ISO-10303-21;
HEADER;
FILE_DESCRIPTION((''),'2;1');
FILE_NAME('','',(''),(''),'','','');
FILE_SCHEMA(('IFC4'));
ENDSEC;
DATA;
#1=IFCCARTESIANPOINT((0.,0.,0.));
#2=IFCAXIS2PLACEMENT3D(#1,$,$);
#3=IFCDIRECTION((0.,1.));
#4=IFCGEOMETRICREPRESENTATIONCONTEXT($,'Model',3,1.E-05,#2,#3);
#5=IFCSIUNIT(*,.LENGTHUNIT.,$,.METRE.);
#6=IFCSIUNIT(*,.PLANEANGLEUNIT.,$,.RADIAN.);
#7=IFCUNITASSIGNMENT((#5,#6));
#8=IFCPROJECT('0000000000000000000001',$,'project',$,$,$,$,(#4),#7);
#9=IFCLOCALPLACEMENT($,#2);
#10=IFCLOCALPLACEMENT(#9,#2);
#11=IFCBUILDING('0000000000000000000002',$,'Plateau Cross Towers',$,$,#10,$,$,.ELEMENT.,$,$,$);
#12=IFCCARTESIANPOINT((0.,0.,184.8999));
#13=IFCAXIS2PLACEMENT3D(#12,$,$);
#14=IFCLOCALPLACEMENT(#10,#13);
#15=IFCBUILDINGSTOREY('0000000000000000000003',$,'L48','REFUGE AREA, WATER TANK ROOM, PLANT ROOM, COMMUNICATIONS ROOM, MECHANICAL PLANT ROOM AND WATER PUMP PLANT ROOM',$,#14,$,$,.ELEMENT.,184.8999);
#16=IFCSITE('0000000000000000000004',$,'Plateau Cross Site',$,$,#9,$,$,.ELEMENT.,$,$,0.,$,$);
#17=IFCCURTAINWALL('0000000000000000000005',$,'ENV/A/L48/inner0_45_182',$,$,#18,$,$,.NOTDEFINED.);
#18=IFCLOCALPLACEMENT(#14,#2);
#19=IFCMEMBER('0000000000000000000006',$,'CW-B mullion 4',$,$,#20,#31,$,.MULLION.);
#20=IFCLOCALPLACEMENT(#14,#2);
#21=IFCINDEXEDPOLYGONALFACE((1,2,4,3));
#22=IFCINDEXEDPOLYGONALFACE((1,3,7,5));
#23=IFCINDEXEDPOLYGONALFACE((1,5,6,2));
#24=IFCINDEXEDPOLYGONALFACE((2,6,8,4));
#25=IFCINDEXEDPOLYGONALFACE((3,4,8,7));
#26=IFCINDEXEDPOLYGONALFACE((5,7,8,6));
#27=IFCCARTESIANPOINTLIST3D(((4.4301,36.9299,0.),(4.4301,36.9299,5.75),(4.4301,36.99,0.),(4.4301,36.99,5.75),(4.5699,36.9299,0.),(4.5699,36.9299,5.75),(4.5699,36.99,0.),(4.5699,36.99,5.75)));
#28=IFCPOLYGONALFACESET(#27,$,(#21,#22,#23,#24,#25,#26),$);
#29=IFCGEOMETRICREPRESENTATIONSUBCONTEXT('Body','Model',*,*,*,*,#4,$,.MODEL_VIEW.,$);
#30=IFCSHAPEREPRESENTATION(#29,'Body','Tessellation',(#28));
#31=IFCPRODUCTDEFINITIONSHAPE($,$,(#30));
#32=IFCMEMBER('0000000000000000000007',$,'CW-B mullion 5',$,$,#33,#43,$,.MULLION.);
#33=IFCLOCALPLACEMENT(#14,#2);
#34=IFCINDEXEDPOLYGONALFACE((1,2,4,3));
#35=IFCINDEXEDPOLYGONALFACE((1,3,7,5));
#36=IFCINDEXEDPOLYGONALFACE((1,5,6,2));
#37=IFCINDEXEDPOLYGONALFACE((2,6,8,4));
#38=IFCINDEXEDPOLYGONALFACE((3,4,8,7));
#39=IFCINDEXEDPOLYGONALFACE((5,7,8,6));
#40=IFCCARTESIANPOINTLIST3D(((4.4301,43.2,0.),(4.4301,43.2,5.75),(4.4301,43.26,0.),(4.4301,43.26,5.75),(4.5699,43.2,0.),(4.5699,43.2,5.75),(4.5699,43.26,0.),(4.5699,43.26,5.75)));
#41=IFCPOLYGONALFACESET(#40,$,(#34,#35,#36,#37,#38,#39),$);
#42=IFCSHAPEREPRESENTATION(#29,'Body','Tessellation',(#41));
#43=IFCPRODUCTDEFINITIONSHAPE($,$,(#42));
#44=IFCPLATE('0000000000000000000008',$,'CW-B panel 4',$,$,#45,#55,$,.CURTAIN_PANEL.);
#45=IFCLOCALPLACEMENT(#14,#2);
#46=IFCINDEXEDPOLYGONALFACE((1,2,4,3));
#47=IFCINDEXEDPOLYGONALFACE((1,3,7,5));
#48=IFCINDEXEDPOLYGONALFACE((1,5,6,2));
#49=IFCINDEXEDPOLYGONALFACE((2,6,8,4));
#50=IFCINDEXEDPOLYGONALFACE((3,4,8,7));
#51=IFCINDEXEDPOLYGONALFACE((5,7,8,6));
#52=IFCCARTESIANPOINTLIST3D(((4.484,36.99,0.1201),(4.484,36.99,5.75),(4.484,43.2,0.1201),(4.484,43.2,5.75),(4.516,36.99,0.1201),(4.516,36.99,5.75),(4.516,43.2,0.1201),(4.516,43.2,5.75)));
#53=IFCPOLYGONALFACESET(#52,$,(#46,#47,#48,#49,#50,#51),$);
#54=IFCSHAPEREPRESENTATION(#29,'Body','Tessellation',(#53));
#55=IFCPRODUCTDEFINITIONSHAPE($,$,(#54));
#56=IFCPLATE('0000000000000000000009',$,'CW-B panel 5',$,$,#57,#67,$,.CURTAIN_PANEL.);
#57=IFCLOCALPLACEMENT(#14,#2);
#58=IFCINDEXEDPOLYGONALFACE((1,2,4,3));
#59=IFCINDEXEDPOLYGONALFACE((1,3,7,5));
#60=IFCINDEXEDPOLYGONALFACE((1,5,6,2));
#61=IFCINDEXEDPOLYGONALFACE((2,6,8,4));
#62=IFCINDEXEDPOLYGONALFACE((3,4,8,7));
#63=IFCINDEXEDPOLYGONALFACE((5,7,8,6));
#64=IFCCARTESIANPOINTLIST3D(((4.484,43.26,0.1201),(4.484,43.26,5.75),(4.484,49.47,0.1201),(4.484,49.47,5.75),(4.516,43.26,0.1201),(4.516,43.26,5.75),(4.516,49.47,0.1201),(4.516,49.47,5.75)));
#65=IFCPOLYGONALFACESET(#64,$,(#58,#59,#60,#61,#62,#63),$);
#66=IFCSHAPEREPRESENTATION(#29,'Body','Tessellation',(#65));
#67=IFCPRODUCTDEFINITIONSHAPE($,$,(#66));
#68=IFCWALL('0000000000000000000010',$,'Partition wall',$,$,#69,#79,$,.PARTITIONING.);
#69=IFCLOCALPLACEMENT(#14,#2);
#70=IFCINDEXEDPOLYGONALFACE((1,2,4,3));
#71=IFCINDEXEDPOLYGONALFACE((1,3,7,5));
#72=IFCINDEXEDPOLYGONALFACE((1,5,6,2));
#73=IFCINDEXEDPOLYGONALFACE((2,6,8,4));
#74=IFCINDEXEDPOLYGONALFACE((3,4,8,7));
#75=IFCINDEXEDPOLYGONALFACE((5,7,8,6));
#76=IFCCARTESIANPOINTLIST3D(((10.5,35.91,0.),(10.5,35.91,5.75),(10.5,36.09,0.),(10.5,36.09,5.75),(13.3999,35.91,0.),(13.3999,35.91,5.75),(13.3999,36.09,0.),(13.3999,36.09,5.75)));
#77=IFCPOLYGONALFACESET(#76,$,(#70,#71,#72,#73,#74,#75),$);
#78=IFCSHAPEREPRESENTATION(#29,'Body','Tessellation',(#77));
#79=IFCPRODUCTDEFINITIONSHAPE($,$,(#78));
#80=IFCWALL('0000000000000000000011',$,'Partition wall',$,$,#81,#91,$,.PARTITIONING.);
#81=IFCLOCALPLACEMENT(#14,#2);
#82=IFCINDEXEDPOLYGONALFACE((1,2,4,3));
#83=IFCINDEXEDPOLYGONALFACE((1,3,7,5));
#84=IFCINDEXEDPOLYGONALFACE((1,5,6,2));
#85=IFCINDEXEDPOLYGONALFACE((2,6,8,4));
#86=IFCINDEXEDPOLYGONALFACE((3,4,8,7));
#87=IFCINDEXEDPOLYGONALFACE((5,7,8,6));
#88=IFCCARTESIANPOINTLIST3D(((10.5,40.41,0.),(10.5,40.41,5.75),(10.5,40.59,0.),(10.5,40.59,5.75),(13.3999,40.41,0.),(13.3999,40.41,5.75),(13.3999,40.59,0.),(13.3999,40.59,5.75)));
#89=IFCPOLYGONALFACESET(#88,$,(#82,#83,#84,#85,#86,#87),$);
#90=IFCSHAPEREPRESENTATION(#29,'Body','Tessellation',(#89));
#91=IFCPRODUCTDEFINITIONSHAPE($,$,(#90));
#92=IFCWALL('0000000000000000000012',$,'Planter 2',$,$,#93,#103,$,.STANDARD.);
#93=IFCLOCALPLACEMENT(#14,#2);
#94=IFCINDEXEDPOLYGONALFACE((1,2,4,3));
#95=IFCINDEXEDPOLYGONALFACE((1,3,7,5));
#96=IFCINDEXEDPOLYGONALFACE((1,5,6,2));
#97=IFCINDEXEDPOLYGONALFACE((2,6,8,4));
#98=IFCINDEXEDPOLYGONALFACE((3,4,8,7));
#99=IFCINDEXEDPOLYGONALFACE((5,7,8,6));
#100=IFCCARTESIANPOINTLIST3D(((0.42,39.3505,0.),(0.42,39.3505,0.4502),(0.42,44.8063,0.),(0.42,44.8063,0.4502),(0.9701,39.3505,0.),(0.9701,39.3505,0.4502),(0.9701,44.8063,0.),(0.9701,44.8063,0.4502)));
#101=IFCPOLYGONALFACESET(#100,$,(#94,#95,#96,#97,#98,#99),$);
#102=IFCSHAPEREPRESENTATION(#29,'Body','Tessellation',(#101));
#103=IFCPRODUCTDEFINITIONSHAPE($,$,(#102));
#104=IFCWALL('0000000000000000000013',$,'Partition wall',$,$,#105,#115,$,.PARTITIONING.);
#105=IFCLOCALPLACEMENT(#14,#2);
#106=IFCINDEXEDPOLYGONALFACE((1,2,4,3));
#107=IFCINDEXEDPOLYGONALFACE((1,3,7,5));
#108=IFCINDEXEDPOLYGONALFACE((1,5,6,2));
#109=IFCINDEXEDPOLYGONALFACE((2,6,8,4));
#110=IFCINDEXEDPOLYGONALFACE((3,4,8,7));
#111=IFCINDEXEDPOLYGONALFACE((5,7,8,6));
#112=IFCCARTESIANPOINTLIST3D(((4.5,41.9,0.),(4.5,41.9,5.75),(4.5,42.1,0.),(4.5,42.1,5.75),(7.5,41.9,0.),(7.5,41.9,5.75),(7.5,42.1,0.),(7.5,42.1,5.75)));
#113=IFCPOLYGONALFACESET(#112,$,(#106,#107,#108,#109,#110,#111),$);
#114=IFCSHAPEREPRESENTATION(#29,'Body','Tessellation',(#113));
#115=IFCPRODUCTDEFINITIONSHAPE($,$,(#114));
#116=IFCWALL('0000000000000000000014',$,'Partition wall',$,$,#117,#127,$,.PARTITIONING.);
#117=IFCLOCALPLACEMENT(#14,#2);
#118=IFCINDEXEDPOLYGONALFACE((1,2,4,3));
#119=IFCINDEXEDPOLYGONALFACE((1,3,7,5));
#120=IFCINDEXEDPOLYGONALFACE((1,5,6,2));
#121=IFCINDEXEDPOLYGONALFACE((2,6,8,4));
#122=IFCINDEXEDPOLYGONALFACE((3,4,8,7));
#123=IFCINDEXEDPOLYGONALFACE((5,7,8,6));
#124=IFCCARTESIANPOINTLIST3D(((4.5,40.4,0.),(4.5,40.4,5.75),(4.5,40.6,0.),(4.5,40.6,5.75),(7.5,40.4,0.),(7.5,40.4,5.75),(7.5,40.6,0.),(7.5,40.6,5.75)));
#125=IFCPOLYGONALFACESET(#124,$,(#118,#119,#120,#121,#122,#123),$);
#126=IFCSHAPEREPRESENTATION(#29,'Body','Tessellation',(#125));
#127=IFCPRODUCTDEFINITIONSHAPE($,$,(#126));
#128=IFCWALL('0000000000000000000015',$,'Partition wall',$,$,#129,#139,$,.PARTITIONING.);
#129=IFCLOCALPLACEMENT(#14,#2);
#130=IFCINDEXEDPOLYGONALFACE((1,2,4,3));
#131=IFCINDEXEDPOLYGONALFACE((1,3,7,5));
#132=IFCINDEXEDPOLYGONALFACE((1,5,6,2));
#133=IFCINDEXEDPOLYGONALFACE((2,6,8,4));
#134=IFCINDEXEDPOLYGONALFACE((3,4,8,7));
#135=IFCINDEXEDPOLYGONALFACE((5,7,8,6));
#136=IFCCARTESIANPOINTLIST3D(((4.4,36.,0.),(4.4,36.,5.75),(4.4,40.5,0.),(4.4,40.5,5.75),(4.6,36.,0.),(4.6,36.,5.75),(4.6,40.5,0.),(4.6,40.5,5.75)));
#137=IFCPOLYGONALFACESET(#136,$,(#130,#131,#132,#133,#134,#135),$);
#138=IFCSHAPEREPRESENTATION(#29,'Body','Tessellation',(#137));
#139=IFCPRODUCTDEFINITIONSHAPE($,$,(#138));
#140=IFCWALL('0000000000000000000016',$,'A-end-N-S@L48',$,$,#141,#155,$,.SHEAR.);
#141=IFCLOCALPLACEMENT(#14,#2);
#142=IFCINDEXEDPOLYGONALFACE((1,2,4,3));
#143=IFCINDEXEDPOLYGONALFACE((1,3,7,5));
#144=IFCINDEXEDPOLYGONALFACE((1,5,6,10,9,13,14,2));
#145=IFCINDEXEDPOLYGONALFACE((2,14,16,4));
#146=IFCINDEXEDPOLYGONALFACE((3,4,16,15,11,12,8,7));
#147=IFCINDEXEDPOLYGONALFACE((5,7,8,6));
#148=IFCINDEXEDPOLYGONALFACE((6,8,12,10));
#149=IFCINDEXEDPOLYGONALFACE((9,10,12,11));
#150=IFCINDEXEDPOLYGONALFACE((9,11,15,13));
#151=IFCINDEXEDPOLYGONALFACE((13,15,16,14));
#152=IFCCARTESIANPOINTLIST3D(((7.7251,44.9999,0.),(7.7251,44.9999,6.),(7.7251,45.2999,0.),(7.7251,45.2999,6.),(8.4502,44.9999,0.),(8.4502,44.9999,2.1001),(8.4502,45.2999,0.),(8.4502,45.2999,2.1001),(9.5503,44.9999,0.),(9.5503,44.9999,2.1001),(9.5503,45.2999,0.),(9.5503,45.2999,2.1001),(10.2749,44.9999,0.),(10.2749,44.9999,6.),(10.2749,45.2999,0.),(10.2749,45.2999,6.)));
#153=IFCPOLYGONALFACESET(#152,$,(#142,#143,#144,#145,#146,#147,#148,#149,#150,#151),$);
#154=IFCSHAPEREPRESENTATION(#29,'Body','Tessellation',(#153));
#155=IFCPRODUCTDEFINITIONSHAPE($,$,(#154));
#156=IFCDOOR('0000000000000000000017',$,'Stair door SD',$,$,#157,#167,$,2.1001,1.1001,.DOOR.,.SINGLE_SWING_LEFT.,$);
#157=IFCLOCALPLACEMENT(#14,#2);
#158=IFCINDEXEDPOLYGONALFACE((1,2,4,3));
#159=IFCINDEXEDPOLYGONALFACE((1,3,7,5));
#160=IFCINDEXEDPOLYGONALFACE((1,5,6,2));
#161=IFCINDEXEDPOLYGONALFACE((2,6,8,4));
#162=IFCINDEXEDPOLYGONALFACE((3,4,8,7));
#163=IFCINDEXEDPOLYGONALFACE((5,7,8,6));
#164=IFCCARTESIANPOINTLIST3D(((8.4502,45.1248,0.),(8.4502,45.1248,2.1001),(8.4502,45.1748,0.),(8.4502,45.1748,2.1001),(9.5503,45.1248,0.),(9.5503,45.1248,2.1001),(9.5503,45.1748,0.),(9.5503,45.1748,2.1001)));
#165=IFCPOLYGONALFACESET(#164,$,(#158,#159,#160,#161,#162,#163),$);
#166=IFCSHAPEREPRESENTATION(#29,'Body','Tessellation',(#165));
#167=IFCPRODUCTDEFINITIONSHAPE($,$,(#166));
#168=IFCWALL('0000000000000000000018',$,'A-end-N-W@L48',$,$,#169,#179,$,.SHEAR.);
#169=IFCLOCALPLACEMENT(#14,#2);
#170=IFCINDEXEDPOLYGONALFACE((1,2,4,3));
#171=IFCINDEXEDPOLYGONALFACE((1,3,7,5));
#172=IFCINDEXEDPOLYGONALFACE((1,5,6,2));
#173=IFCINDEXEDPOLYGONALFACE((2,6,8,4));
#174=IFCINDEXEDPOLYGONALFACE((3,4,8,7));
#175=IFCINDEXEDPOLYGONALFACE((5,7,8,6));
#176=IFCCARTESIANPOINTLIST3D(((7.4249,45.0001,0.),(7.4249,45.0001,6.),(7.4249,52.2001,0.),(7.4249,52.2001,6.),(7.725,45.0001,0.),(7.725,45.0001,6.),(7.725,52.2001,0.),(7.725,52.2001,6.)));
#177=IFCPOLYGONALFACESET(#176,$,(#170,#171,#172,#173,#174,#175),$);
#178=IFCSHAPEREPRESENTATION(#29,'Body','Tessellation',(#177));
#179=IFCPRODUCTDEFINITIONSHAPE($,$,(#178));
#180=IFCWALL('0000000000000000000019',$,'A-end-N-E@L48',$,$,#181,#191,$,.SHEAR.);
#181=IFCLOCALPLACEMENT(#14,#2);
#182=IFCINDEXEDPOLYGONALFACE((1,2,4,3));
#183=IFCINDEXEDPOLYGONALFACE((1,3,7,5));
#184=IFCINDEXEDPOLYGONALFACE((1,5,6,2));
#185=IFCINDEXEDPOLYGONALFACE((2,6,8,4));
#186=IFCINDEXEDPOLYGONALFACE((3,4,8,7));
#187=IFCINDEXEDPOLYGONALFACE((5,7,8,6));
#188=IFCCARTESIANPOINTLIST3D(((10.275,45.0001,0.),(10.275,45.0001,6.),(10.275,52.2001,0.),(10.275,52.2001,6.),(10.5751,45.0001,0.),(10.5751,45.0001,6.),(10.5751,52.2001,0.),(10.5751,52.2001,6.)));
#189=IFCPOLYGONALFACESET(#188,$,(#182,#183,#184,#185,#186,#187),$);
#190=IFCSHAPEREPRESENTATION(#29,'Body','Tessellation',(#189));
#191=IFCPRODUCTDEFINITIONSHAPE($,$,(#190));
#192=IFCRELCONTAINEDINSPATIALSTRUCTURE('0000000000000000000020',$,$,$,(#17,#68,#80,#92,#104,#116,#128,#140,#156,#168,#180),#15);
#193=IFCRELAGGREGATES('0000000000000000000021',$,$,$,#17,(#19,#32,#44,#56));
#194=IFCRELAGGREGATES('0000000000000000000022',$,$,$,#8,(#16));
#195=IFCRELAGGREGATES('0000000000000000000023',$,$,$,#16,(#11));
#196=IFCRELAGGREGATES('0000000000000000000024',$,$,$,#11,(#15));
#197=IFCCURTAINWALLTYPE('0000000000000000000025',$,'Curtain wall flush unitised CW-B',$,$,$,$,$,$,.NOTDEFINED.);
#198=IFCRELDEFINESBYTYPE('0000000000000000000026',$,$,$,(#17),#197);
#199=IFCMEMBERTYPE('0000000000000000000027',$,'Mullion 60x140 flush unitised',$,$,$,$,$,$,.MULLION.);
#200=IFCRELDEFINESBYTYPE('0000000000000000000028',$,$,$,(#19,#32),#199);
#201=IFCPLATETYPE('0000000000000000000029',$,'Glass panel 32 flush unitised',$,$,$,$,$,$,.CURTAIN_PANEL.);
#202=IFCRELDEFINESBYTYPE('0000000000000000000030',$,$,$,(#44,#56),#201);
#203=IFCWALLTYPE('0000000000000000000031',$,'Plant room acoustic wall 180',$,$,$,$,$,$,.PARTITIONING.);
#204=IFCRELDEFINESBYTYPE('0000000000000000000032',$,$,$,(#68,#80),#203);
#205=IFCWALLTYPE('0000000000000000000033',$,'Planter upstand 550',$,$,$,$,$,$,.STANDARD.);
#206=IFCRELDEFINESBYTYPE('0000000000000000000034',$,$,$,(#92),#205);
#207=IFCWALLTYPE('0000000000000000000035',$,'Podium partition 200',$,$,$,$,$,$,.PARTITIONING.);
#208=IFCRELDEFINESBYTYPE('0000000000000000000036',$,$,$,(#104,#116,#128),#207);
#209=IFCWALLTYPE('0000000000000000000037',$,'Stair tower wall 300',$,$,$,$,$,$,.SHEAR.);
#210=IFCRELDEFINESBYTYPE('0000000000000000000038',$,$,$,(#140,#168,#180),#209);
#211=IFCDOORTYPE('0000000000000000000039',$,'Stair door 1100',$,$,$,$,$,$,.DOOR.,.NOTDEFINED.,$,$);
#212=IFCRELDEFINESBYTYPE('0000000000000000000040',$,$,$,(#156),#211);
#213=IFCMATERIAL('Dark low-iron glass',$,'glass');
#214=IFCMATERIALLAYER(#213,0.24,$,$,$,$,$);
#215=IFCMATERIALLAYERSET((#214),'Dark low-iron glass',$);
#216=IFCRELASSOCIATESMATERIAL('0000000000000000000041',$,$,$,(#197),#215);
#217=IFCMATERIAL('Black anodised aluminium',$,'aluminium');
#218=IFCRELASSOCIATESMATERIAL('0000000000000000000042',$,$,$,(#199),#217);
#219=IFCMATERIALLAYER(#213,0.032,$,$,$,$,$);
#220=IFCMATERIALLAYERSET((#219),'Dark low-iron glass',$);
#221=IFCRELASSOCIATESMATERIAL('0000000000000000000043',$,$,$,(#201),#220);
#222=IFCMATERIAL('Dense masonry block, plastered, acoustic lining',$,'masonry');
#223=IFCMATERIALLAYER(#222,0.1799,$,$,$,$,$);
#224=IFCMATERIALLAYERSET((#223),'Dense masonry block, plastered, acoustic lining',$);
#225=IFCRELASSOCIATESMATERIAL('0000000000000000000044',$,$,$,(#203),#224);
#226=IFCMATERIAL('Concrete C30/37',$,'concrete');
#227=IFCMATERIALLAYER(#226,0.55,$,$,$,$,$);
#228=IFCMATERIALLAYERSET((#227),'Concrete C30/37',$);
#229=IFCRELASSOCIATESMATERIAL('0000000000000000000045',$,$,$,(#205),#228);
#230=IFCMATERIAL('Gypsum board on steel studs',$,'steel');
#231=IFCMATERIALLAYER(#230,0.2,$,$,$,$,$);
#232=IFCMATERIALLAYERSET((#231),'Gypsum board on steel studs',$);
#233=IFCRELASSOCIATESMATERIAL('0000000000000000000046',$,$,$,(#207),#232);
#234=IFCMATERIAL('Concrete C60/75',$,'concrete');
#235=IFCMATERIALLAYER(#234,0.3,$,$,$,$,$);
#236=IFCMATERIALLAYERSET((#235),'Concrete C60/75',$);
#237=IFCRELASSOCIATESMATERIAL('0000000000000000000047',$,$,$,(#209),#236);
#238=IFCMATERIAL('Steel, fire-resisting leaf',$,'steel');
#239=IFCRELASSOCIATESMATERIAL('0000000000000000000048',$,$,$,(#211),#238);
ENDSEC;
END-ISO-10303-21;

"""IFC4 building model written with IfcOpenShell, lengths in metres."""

from ifc_helpers import new_model, si_unit, direction, frame, frame_2d, origin, origin_2d, place, context, subcontext, project, spatial, rectangle, extrude, material, layer, layer_set, material_profile, profile_set, type_object, element, fill, aggregate, save


model = new_model("IFC4")

# Units and contexts
model_context = context("Model", 3, precision=1e-05, world=origin(), true_north=direction((0.0, 1.0)))
body_context = subcontext(model_context, "Body", "Model", "MODEL_VIEW")
ifc_project = project(units=[si_unit("LENGTHUNIT", "METRE"), si_unit("PLANEANGLEUNIT", "RADIAN")], contexts=[model_context])

# Site, building, storey
site_placement = place(None, origin())
site = spatial("IfcSite", under=ifc_project, at=site_placement, Name="Plateau Cross Site", CompositionType="ELEMENT", RefElevation=0.0)
building_placement = place(site_placement, origin())
building = spatial("IfcBuilding", under=site, at=building_placement, Name="Plateau Cross Towers", CompositionType="ELEMENT")
storey_placement = place(building_placement, frame((0.0, 0.0, 184.8999)))
storey = spatial("IfcBuildingStorey", under=building, at=storey_placement, Name="L48", Description="REFUGE AREA, WATER TANK ROOM, PLANT ROOM, COMMUNICATIONS ROOM, MECHANICAL PLANT ROOM AND WATER PUMP PLANT ROOM", CompositionType="ELEMENT", Elevation=184.8999)

# Curtain wall, members, plates
ifc_material_1 = material(Name="Dark low-iron glass", Category="glass")
ifc_layer_1 = layer(ifc_material_1, 0.24)
ifc_layer_set_1 = layer_set([ifc_layer_1], Name="Dark low-iron glass")
curtain_wall_type = type_object("IfcCurtainWallType", Name="Curtain wall flush unitised CW-B", PredefinedType="NOTDEFINED", material=ifc_layer_set_1)
curtain_wall_placement = place(storey_placement, origin())
curtain_wall = element("IfcCurtainWall", 1, at=curtain_wall_placement, inside=storey, type_object=curtain_wall_type, Name="ENV/A/L48/inner0_45_182", PredefinedType="NOTDEFINED")
ifc_material_2 = material(Name="Black anodised aluminium", Category="aluminium")
ifc_material_profile = material_profile(ifc_material_2, rectangle(XDim=0.0601, YDim=0.1399, at=origin_2d()), Name="MULLION 60x140")
ifc_profile_set = profile_set([ifc_material_profile], Name="Black anodised aluminium")
member_type = type_object("IfcMemberType", Name="Mullion 60x140 flush unitised", PredefinedType="MULLION", material=ifc_profile_set)
member_1_placement = place(storey_placement, frame((4.5, 36.96, 0.0), z_axis=(0.0, 0.0, 1.0), x_axis=(0.0, 1.0, 0.0)))
member_1 = element("IfcMember", 2, at=member_1_placement, type_object=member_type, Name="CW-B mullion 4", PredefinedType="MULLION", context=body_context, shape_type="SweptSolid", body=[
    extrude(rectangle(XDim=0.0601, YDim=0.1399, at=origin_2d()), origin(), (0.0, 0.0, 1.0), 5.75),
])
member_2_placement = place(storey_placement, frame((4.5, 43.23, 0.0), z_axis=(0.0, 0.0, 1.0), x_axis=(0.0, 1.0, 0.0)))
member_2 = element("IfcMember", 3, at=member_2_placement, type_object=member_type, Name="CW-B mullion 5", PredefinedType="MULLION", context=body_context, shape_type="SweptSolid", body=[
    extrude(rectangle(XDim=0.0601, YDim=0.1399, at=origin_2d()), origin(), (0.0, 0.0, 1.0), 5.75),
])
ifc_layer_2 = layer(ifc_material_1, 0.032)
ifc_layer_set_2 = layer_set([ifc_layer_2], Name="Dark low-iron glass")
plate_type = type_object("IfcPlateType", Name="Glass panel 32 flush unitised", PredefinedType="CURTAIN_PANEL", material=ifc_layer_set_2)
plate_1_placement = place(storey_placement, frame((4.5, 40.095, 0.1201), z_axis=(0.0, 0.0, 1.0), x_axis=(0.0, 1.0, 0.0)))
plate_1 = element("IfcPlate", 4, at=plate_1_placement, type_object=plate_type, Name="CW-B panel 4", PredefinedType="CURTAIN_PANEL", context=body_context, shape_type="SweptSolid", body=[
    extrude(rectangle(XDim=6.21, YDim=0.032, at=origin_2d()), origin(), (0.0, 0.0, 1.0), 5.6299),
])
plate_2_placement = place(storey_placement, frame((4.5, 46.365, 0.1201), z_axis=(0.0, 0.0, 1.0), x_axis=(0.0, 1.0, 0.0)))
plate_2 = element("IfcPlate", 5, at=plate_2_placement, type_object=plate_type, Name="CW-B panel 5", PredefinedType="CURTAIN_PANEL", context=body_context, shape_type="SweptSolid", body=[
    extrude(rectangle(XDim=6.21, YDim=0.032, at=origin_2d()), origin(), (0.0, 0.0, 1.0), 5.6299),
])
aggregate(curtain_wall, [member_1, member_2, plate_1, plate_2])

# Walls
ifc_material_3 = material(Name="Dense masonry block, plastered, acoustic lining", Category="masonry")
ifc_layer_3 = layer(ifc_material_3, 0.1799)
ifc_layer_set_3 = layer_set([ifc_layer_3], Name="Dense masonry block, plastered, acoustic lining")
wall_type_1 = type_object("IfcWallType", Name="Plant room acoustic wall 180", PredefinedType="PARTITIONING", material=ifc_layer_set_3)
for number, where, z_axis, x_axis, name in (
    (6, (10.5, 36.0, 0.0), (0.0, 0.0, 1.0), (1.0, 0.0, 0.0), "Partition wall"),
    (7, (10.5, 40.5, 0.0), (0.0, 0.0, 1.0), (1.0, 0.0, 0.0), "Partition wall"),
):
    element("IfcWall", number, at=place(storey_placement, frame(where, z_axis=z_axis, x_axis=x_axis)), inside=storey, type_object=wall_type_1, Name=name, PredefinedType="PARTITIONING", context=body_context, shape_type="SweptSolid", body=[
        extrude(rectangle(XDim=2.8999, YDim=0.1799, at=frame_2d((1.45, 0.0))), origin(), (0.0, 0.0, 1.0), 5.75),
    ])
ifc_material_4 = material(Name="Concrete C30/37", Category="concrete")
ifc_layer_4 = layer(ifc_material_4, 0.55)
ifc_layer_set_4 = layer_set([ifc_layer_4], Name="Concrete C30/37")
wall_type_2 = type_object("IfcWallType", Name="Planter upstand 550", PredefinedType="STANDARD", material=ifc_layer_set_4)
wall_1_placement = place(storey_placement, frame((0.6951, 39.3503, 0.0), z_axis=(0.0, 0.0, 1.0), x_axis=(0.0, 1.0, 0.0)))
element("IfcWall", 8, at=wall_1_placement, inside=storey, type_object=wall_type_2, Name="Planter 2", PredefinedType="STANDARD", context=body_context, shape_type="SweptSolid", body=[
    extrude(rectangle(XDim=5.4558, YDim=0.55, at=frame_2d((2.728, 0.0))), origin(), (0.0, 0.0, 1.0), 0.4502),
])
ifc_material_5 = material(Name="Gypsum board on steel studs", Category="steel")
ifc_layer_5 = layer(ifc_material_5, 0.2)
ifc_layer_set_5 = layer_set([ifc_layer_5], Name="Gypsum board on steel studs")
wall_type_3 = type_object("IfcWallType", Name="Podium partition 200", PredefinedType="PARTITIONING", material=ifc_layer_set_5)
for number, where, z_axis, x_axis, name in (
    (9, (4.5, 42.0, 0.0), (0.0, 0.0, 1.0), (1.0, 0.0, 0.0), "Partition wall"),
    (10, (7.5, 40.5, 0.0), (0.0, 0.0, 1.0), (-1.0, 0.0, 0.0), "Partition wall"),
):
    element("IfcWall", number, at=place(storey_placement, frame(where, z_axis=z_axis, x_axis=x_axis)), inside=storey, type_object=wall_type_3, Name=name, PredefinedType="PARTITIONING", context=body_context, shape_type="SweptSolid", body=[
        extrude(rectangle(XDim=3.0, YDim=0.2, at=frame_2d((1.5, 0.0))), origin(), (0.0, 0.0, 1.0), 5.75),
    ])
wall_2_placement = place(storey_placement, frame((4.5, 40.5, 0.0), z_axis=(0.0, 0.0, 1.0), x_axis=(0.0, -1.0, 0.0)))
element("IfcWall", 11, at=wall_2_placement, inside=storey, type_object=wall_type_3, Name="Partition wall", PredefinedType="PARTITIONING", context=body_context, shape_type="SweptSolid", body=[
    extrude(rectangle(XDim=4.5, YDim=0.2, at=frame_2d((2.25, 0.0))), origin(), (0.0, 0.0, 1.0), 5.75),
])

# Wall, opening, door
ifc_material_6 = material(Name="Concrete C60/75", Category="concrete")
ifc_layer_6 = layer(ifc_material_6, 0.3)
ifc_layer_set_6 = layer_set([ifc_layer_6], Name="Concrete C60/75")
wall_type_4 = type_object("IfcWallType", Name="Stair tower wall 300", PredefinedType="SHEAR", material=ifc_layer_set_6)
wall_3_placement = place(storey_placement, frame((7.7251, 45.1499, 0.0), z_axis=(0.0, 0.0, 1.0), x_axis=(1.0, 0.0, 0.0)))
wall_3 = element("IfcWall", 12, at=wall_3_placement, inside=storey, type_object=wall_type_4, Name="A-end-N-S@L48", PredefinedType="SHEAR", context=body_context, shape_type="SweptSolid", body=[
    extrude(rectangle(XDim=2.5498, YDim=0.3, at=frame_2d((1.2749, 0.0))), origin(), (0.0, 0.0, 1.0), 6.0),
])
opening_placement = place(wall_3_placement, frame((0.7251, 0.0, 0.0)))
opening = element("IfcOpeningElement", 13, at=opening_placement, cuts=wall_3, PredefinedType="OPENING", context=body_context, shape_type="SweptSolid", body=[
    extrude(rectangle(XDim=1.1001, YDim=2.1001, at=frame_2d((0.55, 1.05))), frame((0.0, 0.1599, 0.0), z_axis=(0.0, -1.0, 0.0), x_axis=(1.0, 0.0, 0.0)), (0.0, 0.0, 1.0), 0.3201),
])
ifc_material_7 = material(Name="Steel, fire-resisting leaf", Category="steel")
door_type = type_object("IfcDoorType", Name="Stair door 1100", OperationType="NOTDEFINED", PredefinedType="DOOR", material=ifc_material_7)
door_placement = place(opening_placement, origin())
door = element("IfcDoor", 14, at=door_placement, inside=storey, type_object=door_type, Name="Stair door SD", OperationType="SINGLE_SWING_LEFT", OverallHeight=2.1001, OverallWidth=1.1001, PredefinedType="DOOR", context=body_context, shape_type="SweptSolid", body=[
    extrude(rectangle(XDim=1.1001, YDim=2.1001, at=frame_2d((0.55, 1.05))), frame((0.0, 0.0249, 0.0), z_axis=(0.0, -1.0, 0.0), x_axis=(1.0, 0.0, 0.0)), (0.0, 0.0, 1.0), 0.05),
])
fill(opening, door)

# Walls
for number, where, z_axis, x_axis, name in (
    (15, (7.575, 45.0, 0.0), (0.0, 0.0, 1.0), (0.0, 1.0, 0.0), "A-end-N-W@L48"),
    (16, (10.425, 45.0, 0.0), (0.0, 0.0, 1.0), (0.0, 1.0, 0.0), "A-end-N-E@L48"),
):
    element("IfcWall", number, at=place(storey_placement, frame(where, z_axis=z_axis, x_axis=x_axis)), inside=storey, type_object=wall_type_4, Name=name, PredefinedType="SHEAR", context=body_context, shape_type="SweptSolid", body=[
        extrude(rectangle(XDim=7.2, YDim=0.3, at=frame_2d((3.6001, 0.0))), origin(), (0.0, 0.0, 1.0), 6.0),
    ])

save(model, "model.ifc")
